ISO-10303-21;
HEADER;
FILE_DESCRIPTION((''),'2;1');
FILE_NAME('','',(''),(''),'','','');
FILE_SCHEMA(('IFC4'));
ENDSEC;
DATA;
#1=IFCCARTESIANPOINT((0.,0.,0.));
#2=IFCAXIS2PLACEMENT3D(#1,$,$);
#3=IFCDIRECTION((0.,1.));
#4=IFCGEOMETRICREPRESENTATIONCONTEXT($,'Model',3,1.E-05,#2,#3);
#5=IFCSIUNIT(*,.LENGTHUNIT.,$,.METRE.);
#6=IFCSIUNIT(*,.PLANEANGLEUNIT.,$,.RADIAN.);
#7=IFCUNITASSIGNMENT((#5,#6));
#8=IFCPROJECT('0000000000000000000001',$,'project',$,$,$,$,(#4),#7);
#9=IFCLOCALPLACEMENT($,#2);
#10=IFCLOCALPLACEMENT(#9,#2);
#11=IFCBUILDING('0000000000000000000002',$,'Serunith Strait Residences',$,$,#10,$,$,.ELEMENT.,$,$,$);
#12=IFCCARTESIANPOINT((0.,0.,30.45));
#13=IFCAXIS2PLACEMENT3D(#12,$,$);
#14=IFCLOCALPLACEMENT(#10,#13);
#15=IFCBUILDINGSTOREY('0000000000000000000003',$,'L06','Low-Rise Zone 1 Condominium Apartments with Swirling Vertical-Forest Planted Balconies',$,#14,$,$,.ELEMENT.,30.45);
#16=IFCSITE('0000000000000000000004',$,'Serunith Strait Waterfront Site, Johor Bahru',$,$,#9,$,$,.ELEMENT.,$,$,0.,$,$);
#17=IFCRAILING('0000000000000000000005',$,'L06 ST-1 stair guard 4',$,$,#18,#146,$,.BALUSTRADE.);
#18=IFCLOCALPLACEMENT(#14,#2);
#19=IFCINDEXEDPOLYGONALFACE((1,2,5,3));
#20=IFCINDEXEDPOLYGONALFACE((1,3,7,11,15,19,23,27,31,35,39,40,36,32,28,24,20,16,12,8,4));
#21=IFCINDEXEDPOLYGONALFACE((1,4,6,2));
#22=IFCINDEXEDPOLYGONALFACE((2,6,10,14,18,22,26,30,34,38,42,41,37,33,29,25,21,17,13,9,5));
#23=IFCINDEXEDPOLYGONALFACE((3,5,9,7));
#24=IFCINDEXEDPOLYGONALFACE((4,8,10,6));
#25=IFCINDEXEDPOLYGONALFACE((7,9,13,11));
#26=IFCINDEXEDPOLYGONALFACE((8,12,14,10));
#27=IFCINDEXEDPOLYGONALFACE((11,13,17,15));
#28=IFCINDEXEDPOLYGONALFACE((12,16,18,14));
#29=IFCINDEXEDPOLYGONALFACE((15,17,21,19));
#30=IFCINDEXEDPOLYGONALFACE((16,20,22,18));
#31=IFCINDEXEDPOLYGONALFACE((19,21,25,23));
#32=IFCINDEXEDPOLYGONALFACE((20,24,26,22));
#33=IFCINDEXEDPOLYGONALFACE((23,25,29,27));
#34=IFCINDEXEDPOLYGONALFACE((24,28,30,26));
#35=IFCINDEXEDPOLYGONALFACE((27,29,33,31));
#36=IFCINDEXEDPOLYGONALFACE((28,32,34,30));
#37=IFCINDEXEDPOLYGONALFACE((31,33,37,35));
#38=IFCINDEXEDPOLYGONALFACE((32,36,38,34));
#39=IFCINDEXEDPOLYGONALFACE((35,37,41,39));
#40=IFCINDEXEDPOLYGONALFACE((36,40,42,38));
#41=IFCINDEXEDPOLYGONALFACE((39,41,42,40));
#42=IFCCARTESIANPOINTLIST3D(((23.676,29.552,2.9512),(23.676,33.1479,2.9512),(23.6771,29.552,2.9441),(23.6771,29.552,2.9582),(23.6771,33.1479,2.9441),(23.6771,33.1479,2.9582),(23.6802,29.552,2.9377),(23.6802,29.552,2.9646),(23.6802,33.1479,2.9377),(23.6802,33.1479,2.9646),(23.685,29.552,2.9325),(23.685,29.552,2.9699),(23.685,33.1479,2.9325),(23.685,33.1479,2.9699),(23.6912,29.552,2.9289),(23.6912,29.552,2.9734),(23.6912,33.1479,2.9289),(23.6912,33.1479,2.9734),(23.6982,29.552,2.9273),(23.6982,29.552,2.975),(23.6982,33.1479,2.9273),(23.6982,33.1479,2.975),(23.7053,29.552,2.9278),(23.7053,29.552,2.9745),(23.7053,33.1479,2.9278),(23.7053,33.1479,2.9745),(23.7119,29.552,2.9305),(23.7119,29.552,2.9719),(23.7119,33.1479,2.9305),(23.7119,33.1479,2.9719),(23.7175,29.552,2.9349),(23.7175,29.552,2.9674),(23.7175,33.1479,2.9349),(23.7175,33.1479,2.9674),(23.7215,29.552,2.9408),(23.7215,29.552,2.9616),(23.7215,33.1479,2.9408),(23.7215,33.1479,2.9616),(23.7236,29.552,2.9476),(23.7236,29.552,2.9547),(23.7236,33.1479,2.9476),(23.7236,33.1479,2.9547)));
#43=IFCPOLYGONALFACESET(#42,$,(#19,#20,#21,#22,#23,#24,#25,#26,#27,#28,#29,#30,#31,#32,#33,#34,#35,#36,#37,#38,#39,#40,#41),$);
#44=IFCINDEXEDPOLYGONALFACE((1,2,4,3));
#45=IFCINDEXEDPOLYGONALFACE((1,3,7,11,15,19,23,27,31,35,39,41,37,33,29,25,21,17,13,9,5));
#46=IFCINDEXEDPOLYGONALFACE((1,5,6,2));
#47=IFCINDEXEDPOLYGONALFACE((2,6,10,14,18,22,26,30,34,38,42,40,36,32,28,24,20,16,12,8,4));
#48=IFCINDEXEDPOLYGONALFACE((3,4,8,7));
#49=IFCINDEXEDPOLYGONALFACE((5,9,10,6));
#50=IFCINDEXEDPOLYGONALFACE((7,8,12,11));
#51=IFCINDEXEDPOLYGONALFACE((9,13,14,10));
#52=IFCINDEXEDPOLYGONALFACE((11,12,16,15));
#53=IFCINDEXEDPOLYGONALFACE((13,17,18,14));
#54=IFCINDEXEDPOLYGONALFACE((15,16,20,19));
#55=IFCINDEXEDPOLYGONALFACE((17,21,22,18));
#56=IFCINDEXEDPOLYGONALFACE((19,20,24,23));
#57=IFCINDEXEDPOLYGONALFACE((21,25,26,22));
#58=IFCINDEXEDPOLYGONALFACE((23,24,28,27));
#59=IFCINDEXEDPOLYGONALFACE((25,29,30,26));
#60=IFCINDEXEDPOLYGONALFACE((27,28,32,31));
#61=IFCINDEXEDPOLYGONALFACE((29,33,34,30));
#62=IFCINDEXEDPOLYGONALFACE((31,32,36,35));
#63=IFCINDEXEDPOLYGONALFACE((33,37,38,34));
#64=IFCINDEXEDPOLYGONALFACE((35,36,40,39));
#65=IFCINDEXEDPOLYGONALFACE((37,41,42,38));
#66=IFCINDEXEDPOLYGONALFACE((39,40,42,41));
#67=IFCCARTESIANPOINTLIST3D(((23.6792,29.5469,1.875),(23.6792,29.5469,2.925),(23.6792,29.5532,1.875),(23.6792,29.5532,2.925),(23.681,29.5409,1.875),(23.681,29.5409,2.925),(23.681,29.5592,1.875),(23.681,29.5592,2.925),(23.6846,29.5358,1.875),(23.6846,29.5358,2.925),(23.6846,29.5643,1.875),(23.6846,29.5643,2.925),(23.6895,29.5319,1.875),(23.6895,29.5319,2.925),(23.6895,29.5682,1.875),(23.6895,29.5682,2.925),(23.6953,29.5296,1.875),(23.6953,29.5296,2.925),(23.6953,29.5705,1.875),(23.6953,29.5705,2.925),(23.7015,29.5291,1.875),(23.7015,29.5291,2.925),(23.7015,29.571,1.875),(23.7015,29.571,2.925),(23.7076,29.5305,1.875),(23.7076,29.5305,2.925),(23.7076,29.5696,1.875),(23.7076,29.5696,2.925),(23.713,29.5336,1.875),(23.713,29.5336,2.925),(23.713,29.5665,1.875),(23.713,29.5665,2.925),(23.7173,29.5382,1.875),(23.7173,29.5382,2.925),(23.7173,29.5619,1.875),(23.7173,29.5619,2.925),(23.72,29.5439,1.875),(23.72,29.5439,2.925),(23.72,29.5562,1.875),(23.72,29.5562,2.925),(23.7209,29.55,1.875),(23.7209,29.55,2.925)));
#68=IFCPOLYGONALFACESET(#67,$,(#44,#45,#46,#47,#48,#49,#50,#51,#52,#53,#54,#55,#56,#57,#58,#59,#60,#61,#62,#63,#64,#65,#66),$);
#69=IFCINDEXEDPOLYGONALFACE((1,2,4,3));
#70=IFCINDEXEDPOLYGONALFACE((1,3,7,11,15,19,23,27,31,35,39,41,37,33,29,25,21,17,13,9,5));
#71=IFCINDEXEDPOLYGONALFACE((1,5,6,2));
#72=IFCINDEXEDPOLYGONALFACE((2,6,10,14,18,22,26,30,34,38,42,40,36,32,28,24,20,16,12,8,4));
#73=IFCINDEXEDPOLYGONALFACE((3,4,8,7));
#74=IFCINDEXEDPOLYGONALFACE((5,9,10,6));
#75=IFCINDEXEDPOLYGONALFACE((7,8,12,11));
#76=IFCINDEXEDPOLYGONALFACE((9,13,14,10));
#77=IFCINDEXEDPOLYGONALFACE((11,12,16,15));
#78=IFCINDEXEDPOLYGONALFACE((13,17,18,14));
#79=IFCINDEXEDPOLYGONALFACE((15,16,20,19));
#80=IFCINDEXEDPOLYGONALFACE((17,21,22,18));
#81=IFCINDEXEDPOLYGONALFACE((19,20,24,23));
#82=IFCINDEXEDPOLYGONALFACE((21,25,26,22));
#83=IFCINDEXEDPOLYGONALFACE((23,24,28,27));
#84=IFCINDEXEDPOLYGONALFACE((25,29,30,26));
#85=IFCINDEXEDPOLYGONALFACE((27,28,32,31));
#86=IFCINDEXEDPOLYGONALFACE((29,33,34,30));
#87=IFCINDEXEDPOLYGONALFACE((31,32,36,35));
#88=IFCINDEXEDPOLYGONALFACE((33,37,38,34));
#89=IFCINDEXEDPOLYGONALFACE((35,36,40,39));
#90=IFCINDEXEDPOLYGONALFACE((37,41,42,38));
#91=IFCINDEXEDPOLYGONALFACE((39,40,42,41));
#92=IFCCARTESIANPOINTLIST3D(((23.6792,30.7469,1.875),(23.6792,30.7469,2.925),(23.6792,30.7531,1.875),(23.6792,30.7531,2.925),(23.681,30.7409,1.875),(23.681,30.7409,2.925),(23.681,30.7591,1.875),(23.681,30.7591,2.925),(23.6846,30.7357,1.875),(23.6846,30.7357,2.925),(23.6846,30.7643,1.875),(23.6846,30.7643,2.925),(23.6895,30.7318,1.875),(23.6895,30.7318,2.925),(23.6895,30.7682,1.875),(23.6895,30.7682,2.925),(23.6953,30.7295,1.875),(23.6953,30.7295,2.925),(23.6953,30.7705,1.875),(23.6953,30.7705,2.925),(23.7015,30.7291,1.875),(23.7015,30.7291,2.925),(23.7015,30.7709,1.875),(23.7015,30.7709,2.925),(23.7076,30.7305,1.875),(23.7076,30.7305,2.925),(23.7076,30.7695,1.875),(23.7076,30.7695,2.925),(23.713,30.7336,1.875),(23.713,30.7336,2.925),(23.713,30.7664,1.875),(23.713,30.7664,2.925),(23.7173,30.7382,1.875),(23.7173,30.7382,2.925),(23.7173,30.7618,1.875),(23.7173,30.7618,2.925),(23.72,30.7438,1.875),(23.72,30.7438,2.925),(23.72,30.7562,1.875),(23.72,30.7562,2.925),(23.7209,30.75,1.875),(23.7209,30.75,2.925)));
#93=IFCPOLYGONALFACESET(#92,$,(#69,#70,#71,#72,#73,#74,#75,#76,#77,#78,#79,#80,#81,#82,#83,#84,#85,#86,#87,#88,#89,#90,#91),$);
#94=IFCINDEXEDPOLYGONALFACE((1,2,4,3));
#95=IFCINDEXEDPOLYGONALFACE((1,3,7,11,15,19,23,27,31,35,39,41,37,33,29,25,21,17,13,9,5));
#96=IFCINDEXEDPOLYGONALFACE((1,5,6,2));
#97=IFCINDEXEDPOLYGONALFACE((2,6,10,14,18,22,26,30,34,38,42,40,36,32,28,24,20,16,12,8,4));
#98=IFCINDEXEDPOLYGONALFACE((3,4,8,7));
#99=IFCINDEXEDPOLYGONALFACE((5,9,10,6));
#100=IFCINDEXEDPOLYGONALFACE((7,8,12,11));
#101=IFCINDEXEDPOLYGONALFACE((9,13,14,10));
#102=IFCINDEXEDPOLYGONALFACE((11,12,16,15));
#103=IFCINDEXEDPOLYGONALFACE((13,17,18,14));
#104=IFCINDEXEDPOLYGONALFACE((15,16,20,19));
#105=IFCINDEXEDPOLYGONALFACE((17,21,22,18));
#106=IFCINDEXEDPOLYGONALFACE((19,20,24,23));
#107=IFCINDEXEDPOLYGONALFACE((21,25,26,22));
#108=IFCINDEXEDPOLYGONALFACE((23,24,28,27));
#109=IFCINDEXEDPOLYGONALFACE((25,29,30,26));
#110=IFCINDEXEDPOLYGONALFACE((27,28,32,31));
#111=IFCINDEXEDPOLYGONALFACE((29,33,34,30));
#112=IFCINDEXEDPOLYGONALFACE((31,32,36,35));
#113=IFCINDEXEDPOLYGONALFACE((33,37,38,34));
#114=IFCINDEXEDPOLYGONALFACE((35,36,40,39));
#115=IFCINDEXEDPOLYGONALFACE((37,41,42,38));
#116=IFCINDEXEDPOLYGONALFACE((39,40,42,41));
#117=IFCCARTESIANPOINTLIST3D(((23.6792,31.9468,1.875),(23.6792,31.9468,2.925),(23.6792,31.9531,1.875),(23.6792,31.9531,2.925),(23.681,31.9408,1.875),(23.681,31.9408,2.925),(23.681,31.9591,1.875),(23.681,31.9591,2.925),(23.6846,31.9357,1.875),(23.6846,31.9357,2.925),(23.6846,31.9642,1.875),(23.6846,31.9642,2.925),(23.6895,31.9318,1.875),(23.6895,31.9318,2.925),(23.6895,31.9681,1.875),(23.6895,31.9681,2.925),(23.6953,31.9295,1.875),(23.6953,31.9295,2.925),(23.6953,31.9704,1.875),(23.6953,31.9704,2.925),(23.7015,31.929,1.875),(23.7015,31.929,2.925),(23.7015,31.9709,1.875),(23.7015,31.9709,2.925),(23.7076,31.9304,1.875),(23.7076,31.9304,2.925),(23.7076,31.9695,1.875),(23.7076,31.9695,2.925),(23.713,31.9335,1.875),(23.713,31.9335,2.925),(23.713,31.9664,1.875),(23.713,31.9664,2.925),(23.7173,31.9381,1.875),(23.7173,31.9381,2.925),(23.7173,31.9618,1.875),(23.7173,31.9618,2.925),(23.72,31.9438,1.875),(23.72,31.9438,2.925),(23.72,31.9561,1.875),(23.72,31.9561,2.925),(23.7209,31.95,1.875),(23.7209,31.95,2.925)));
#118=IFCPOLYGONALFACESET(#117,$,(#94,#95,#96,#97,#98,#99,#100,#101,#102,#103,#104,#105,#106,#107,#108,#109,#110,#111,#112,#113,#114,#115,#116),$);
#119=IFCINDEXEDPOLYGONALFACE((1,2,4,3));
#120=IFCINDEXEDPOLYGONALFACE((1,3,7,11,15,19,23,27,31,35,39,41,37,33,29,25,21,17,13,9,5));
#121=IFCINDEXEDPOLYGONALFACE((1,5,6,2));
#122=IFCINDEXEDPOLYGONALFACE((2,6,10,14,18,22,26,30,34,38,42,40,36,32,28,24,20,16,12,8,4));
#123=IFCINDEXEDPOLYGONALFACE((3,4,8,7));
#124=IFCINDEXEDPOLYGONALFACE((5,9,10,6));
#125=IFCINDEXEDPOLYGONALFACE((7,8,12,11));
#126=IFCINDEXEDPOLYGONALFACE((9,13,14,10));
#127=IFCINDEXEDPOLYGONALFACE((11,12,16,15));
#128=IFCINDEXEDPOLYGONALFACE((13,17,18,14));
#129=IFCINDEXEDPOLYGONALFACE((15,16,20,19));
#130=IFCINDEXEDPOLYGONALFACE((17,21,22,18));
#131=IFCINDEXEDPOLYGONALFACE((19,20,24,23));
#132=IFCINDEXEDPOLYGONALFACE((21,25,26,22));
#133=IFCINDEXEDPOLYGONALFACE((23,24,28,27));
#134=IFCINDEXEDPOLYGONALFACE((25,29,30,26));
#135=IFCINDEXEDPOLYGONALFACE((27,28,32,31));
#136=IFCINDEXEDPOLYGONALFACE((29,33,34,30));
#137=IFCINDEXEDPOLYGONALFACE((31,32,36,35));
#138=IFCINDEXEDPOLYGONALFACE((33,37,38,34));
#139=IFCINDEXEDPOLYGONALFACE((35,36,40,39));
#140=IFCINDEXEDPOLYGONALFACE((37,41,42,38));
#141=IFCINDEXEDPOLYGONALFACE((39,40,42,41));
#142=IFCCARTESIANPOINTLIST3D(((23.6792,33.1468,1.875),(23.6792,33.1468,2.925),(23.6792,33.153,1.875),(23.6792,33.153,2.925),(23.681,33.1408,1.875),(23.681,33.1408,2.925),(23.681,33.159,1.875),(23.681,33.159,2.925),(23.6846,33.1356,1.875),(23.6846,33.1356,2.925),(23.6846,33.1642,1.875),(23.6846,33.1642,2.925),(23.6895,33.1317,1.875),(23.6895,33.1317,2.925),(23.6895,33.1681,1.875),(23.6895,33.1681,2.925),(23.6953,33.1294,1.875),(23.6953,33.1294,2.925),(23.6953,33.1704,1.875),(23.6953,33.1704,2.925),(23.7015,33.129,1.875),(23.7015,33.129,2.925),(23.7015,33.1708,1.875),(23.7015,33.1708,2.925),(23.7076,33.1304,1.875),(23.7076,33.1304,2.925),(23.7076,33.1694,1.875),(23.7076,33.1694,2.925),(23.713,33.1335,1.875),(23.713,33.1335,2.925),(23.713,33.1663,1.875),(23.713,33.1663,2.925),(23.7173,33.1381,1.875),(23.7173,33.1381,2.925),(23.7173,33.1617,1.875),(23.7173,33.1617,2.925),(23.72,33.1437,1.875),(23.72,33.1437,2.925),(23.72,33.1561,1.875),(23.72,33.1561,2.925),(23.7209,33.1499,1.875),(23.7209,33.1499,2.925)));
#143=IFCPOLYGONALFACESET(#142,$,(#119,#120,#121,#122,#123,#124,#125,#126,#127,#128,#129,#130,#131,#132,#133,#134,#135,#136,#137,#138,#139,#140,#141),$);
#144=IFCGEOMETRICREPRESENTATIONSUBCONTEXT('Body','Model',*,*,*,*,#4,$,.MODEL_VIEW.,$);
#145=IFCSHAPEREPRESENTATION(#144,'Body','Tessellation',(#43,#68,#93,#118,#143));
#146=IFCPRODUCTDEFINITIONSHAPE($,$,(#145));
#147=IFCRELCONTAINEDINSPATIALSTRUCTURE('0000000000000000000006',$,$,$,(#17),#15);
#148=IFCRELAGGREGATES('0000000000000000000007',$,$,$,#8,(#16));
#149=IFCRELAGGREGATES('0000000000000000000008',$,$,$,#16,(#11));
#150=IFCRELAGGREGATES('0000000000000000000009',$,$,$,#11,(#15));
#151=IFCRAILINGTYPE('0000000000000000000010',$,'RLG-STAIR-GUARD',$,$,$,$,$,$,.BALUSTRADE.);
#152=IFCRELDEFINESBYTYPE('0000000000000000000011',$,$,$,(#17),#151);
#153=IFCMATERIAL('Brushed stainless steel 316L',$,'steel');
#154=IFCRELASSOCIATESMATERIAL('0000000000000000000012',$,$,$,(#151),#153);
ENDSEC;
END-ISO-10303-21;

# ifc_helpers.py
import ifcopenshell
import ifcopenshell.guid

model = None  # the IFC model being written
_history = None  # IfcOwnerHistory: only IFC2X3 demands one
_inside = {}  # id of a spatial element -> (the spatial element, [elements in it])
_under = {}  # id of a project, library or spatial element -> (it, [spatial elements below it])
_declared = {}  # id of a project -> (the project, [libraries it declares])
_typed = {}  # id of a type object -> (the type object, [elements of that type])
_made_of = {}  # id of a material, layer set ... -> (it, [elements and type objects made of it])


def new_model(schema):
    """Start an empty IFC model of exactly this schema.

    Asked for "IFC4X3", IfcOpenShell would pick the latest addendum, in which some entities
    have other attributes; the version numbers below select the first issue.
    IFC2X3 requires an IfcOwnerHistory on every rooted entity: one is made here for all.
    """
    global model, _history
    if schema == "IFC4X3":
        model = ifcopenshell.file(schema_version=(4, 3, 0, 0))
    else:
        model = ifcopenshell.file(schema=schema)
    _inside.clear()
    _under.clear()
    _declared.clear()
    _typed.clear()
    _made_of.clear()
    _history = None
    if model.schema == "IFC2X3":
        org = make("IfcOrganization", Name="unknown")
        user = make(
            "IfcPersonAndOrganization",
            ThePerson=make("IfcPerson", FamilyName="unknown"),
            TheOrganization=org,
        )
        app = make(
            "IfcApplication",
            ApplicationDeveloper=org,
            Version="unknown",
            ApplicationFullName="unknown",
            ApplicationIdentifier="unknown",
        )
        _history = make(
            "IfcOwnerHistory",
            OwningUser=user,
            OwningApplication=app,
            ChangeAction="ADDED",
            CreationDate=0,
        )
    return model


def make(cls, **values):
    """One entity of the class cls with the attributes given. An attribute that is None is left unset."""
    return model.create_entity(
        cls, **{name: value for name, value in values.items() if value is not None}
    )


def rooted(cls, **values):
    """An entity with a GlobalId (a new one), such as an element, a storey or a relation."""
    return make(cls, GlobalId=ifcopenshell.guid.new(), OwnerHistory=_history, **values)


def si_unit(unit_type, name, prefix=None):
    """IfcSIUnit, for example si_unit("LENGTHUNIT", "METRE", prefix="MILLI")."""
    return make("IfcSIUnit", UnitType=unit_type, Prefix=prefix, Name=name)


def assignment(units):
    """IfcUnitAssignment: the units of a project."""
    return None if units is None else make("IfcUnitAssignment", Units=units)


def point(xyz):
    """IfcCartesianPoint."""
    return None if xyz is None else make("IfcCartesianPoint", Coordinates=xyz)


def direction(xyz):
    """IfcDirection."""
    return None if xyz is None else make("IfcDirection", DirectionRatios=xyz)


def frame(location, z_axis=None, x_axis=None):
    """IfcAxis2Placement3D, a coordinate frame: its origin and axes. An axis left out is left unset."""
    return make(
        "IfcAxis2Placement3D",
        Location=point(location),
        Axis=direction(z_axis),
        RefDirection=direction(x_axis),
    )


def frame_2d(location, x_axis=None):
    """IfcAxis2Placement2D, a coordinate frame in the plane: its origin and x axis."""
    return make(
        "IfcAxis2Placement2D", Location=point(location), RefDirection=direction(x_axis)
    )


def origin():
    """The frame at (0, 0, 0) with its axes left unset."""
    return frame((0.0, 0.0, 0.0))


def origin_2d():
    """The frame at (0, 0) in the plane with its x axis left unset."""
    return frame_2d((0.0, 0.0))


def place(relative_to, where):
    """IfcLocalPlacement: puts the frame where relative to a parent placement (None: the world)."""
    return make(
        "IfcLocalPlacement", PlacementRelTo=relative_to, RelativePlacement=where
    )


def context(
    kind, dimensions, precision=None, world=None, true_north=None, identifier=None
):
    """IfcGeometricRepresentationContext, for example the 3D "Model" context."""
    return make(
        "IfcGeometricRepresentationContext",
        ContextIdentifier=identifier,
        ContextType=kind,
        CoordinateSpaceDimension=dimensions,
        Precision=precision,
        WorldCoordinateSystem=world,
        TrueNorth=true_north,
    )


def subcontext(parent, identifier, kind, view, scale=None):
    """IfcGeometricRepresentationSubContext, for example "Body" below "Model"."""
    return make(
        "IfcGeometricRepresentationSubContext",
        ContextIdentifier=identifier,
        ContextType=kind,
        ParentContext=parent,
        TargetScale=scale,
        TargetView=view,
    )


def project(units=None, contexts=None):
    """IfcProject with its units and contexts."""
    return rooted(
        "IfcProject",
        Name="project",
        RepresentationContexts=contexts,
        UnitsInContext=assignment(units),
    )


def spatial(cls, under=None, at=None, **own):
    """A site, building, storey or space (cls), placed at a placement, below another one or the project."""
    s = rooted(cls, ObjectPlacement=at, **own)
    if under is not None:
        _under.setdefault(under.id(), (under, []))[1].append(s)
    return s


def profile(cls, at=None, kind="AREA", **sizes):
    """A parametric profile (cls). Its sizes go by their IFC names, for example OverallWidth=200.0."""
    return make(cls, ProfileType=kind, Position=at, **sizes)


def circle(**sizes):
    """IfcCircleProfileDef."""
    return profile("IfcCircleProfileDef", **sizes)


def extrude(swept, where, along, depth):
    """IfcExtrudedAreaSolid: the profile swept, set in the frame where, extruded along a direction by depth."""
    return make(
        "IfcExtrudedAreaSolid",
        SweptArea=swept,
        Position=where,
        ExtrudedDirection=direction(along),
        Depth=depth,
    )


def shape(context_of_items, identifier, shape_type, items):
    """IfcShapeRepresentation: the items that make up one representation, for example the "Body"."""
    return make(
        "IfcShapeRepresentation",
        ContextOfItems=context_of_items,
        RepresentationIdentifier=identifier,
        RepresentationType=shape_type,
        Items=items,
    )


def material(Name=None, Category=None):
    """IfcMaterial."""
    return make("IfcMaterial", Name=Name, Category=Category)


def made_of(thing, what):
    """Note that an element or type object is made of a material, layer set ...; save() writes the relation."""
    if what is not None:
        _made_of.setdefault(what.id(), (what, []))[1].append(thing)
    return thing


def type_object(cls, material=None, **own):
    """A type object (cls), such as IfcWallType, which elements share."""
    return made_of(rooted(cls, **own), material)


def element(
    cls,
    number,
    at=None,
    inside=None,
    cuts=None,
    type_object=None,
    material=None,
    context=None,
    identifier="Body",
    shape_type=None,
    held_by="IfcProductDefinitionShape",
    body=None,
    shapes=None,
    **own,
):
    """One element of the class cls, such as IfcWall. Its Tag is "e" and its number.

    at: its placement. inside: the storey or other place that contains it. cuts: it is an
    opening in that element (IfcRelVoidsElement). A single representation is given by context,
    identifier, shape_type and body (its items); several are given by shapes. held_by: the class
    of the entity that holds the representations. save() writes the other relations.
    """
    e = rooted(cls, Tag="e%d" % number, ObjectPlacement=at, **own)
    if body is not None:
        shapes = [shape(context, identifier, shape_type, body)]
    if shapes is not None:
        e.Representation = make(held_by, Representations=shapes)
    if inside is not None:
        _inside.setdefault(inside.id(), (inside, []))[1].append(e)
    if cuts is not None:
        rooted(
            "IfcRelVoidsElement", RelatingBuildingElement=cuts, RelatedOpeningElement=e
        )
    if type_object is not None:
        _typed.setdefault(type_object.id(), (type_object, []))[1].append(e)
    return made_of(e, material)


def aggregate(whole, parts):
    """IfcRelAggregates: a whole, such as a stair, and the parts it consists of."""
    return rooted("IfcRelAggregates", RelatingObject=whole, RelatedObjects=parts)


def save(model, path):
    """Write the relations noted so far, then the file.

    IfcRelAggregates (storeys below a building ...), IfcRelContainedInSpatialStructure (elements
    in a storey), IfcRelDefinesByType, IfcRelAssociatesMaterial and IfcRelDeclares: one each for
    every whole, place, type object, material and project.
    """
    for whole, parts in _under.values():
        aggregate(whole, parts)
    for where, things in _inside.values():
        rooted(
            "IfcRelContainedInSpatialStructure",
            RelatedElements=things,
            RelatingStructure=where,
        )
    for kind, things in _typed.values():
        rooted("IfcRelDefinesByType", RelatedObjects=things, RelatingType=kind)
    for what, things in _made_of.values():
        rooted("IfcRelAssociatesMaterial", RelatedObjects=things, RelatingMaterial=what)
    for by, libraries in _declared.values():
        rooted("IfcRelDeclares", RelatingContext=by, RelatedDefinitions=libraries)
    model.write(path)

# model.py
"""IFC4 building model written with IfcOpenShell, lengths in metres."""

from ifc_helpers import new_model, si_unit, direction, frame, origin, origin_2d, place, context, subcontext, project, spatial, circle, extrude, material, type_object, element, save


model = new_model("IFC4")

# Units and contexts
model_context = context("Model", 3, precision=1e-05, world=origin(), true_north=direction((0.0, 1.0)))
body_context = subcontext(model_context, "Body", "Model", "MODEL_VIEW")
ifc_project = project(units=[si_unit("LENGTHUNIT", "METRE"), si_unit("PLANEANGLEUNIT", "RADIAN")], contexts=[model_context])

# Site, building, storey
site_placement = place(None, origin())
site = spatial("IfcSite", under=ifc_project, at=site_placement, Name="Serunith Strait Waterfront Site, Johor Bahru", CompositionType="ELEMENT", RefElevation=0.0)
building_placement = place(site_placement, origin())
building = spatial("IfcBuilding", under=site, at=building_placement, Name="Serunith Strait Residences", CompositionType="ELEMENT")
storey_placement = place(building_placement, frame((0.0, 0.0, 30.45)))
storey = spatial("IfcBuildingStorey", under=building, at=storey_placement, Name="L06", Description="Low-Rise Zone 1 Condominium Apartments with Swirling Vertical-Forest Planted Balconies", CompositionType="ELEMENT", Elevation=30.45)

# Railing
ifc_material_1 = material(Name="Brushed stainless steel 316L", Category="steel")
railing_type_1 = type_object("IfcRailingType", Name="RLG-STAIR-GUARD", PredefinedType="BALUSTRADE", material=ifc_material_1)
for number, where, name in (
    (1, (23.7, 29.55, 1.875), "L06 ST-1 stair guard 4"),
):
    element("IfcRailing", number, at=place(storey_placement, frame(where)), inside=storey, type_object=railing_type_1, Name=name, PredefinedType="BALUSTRADE", context=body_context, shape_type="SweptSolid", body=[
        extrude(circle(Radius=0.0239, at=origin_2d()), frame((0.0, 0.002, 1.0762), z_axis=(0.0, 1.0, 0.0), x_axis=(-1.0, 0.0, 0.0)), (0.0, 0.0, 1.0), 3.5959),
        extrude(circle(Radius=0.021, at=origin_2d()), origin(), (0.0, 0.0, 1.0), 1.05),
        extrude(circle(Radius=0.021, at=origin_2d()), frame((0.0, 1.2, 0.0)), (0.0, 0.0, 1.0), 1.05),
        extrude(circle(Radius=0.021, at=origin_2d()), frame((0.0, 2.3999, 0.0)), (0.0, 0.0, 1.0), 1.05),
        extrude(circle(Radius=0.021, at=origin_2d()), frame((0.0, 3.5999, 0.0)), (0.0, 0.0, 1.0), 1.05),
    ])

save(model, "model.ifc")
